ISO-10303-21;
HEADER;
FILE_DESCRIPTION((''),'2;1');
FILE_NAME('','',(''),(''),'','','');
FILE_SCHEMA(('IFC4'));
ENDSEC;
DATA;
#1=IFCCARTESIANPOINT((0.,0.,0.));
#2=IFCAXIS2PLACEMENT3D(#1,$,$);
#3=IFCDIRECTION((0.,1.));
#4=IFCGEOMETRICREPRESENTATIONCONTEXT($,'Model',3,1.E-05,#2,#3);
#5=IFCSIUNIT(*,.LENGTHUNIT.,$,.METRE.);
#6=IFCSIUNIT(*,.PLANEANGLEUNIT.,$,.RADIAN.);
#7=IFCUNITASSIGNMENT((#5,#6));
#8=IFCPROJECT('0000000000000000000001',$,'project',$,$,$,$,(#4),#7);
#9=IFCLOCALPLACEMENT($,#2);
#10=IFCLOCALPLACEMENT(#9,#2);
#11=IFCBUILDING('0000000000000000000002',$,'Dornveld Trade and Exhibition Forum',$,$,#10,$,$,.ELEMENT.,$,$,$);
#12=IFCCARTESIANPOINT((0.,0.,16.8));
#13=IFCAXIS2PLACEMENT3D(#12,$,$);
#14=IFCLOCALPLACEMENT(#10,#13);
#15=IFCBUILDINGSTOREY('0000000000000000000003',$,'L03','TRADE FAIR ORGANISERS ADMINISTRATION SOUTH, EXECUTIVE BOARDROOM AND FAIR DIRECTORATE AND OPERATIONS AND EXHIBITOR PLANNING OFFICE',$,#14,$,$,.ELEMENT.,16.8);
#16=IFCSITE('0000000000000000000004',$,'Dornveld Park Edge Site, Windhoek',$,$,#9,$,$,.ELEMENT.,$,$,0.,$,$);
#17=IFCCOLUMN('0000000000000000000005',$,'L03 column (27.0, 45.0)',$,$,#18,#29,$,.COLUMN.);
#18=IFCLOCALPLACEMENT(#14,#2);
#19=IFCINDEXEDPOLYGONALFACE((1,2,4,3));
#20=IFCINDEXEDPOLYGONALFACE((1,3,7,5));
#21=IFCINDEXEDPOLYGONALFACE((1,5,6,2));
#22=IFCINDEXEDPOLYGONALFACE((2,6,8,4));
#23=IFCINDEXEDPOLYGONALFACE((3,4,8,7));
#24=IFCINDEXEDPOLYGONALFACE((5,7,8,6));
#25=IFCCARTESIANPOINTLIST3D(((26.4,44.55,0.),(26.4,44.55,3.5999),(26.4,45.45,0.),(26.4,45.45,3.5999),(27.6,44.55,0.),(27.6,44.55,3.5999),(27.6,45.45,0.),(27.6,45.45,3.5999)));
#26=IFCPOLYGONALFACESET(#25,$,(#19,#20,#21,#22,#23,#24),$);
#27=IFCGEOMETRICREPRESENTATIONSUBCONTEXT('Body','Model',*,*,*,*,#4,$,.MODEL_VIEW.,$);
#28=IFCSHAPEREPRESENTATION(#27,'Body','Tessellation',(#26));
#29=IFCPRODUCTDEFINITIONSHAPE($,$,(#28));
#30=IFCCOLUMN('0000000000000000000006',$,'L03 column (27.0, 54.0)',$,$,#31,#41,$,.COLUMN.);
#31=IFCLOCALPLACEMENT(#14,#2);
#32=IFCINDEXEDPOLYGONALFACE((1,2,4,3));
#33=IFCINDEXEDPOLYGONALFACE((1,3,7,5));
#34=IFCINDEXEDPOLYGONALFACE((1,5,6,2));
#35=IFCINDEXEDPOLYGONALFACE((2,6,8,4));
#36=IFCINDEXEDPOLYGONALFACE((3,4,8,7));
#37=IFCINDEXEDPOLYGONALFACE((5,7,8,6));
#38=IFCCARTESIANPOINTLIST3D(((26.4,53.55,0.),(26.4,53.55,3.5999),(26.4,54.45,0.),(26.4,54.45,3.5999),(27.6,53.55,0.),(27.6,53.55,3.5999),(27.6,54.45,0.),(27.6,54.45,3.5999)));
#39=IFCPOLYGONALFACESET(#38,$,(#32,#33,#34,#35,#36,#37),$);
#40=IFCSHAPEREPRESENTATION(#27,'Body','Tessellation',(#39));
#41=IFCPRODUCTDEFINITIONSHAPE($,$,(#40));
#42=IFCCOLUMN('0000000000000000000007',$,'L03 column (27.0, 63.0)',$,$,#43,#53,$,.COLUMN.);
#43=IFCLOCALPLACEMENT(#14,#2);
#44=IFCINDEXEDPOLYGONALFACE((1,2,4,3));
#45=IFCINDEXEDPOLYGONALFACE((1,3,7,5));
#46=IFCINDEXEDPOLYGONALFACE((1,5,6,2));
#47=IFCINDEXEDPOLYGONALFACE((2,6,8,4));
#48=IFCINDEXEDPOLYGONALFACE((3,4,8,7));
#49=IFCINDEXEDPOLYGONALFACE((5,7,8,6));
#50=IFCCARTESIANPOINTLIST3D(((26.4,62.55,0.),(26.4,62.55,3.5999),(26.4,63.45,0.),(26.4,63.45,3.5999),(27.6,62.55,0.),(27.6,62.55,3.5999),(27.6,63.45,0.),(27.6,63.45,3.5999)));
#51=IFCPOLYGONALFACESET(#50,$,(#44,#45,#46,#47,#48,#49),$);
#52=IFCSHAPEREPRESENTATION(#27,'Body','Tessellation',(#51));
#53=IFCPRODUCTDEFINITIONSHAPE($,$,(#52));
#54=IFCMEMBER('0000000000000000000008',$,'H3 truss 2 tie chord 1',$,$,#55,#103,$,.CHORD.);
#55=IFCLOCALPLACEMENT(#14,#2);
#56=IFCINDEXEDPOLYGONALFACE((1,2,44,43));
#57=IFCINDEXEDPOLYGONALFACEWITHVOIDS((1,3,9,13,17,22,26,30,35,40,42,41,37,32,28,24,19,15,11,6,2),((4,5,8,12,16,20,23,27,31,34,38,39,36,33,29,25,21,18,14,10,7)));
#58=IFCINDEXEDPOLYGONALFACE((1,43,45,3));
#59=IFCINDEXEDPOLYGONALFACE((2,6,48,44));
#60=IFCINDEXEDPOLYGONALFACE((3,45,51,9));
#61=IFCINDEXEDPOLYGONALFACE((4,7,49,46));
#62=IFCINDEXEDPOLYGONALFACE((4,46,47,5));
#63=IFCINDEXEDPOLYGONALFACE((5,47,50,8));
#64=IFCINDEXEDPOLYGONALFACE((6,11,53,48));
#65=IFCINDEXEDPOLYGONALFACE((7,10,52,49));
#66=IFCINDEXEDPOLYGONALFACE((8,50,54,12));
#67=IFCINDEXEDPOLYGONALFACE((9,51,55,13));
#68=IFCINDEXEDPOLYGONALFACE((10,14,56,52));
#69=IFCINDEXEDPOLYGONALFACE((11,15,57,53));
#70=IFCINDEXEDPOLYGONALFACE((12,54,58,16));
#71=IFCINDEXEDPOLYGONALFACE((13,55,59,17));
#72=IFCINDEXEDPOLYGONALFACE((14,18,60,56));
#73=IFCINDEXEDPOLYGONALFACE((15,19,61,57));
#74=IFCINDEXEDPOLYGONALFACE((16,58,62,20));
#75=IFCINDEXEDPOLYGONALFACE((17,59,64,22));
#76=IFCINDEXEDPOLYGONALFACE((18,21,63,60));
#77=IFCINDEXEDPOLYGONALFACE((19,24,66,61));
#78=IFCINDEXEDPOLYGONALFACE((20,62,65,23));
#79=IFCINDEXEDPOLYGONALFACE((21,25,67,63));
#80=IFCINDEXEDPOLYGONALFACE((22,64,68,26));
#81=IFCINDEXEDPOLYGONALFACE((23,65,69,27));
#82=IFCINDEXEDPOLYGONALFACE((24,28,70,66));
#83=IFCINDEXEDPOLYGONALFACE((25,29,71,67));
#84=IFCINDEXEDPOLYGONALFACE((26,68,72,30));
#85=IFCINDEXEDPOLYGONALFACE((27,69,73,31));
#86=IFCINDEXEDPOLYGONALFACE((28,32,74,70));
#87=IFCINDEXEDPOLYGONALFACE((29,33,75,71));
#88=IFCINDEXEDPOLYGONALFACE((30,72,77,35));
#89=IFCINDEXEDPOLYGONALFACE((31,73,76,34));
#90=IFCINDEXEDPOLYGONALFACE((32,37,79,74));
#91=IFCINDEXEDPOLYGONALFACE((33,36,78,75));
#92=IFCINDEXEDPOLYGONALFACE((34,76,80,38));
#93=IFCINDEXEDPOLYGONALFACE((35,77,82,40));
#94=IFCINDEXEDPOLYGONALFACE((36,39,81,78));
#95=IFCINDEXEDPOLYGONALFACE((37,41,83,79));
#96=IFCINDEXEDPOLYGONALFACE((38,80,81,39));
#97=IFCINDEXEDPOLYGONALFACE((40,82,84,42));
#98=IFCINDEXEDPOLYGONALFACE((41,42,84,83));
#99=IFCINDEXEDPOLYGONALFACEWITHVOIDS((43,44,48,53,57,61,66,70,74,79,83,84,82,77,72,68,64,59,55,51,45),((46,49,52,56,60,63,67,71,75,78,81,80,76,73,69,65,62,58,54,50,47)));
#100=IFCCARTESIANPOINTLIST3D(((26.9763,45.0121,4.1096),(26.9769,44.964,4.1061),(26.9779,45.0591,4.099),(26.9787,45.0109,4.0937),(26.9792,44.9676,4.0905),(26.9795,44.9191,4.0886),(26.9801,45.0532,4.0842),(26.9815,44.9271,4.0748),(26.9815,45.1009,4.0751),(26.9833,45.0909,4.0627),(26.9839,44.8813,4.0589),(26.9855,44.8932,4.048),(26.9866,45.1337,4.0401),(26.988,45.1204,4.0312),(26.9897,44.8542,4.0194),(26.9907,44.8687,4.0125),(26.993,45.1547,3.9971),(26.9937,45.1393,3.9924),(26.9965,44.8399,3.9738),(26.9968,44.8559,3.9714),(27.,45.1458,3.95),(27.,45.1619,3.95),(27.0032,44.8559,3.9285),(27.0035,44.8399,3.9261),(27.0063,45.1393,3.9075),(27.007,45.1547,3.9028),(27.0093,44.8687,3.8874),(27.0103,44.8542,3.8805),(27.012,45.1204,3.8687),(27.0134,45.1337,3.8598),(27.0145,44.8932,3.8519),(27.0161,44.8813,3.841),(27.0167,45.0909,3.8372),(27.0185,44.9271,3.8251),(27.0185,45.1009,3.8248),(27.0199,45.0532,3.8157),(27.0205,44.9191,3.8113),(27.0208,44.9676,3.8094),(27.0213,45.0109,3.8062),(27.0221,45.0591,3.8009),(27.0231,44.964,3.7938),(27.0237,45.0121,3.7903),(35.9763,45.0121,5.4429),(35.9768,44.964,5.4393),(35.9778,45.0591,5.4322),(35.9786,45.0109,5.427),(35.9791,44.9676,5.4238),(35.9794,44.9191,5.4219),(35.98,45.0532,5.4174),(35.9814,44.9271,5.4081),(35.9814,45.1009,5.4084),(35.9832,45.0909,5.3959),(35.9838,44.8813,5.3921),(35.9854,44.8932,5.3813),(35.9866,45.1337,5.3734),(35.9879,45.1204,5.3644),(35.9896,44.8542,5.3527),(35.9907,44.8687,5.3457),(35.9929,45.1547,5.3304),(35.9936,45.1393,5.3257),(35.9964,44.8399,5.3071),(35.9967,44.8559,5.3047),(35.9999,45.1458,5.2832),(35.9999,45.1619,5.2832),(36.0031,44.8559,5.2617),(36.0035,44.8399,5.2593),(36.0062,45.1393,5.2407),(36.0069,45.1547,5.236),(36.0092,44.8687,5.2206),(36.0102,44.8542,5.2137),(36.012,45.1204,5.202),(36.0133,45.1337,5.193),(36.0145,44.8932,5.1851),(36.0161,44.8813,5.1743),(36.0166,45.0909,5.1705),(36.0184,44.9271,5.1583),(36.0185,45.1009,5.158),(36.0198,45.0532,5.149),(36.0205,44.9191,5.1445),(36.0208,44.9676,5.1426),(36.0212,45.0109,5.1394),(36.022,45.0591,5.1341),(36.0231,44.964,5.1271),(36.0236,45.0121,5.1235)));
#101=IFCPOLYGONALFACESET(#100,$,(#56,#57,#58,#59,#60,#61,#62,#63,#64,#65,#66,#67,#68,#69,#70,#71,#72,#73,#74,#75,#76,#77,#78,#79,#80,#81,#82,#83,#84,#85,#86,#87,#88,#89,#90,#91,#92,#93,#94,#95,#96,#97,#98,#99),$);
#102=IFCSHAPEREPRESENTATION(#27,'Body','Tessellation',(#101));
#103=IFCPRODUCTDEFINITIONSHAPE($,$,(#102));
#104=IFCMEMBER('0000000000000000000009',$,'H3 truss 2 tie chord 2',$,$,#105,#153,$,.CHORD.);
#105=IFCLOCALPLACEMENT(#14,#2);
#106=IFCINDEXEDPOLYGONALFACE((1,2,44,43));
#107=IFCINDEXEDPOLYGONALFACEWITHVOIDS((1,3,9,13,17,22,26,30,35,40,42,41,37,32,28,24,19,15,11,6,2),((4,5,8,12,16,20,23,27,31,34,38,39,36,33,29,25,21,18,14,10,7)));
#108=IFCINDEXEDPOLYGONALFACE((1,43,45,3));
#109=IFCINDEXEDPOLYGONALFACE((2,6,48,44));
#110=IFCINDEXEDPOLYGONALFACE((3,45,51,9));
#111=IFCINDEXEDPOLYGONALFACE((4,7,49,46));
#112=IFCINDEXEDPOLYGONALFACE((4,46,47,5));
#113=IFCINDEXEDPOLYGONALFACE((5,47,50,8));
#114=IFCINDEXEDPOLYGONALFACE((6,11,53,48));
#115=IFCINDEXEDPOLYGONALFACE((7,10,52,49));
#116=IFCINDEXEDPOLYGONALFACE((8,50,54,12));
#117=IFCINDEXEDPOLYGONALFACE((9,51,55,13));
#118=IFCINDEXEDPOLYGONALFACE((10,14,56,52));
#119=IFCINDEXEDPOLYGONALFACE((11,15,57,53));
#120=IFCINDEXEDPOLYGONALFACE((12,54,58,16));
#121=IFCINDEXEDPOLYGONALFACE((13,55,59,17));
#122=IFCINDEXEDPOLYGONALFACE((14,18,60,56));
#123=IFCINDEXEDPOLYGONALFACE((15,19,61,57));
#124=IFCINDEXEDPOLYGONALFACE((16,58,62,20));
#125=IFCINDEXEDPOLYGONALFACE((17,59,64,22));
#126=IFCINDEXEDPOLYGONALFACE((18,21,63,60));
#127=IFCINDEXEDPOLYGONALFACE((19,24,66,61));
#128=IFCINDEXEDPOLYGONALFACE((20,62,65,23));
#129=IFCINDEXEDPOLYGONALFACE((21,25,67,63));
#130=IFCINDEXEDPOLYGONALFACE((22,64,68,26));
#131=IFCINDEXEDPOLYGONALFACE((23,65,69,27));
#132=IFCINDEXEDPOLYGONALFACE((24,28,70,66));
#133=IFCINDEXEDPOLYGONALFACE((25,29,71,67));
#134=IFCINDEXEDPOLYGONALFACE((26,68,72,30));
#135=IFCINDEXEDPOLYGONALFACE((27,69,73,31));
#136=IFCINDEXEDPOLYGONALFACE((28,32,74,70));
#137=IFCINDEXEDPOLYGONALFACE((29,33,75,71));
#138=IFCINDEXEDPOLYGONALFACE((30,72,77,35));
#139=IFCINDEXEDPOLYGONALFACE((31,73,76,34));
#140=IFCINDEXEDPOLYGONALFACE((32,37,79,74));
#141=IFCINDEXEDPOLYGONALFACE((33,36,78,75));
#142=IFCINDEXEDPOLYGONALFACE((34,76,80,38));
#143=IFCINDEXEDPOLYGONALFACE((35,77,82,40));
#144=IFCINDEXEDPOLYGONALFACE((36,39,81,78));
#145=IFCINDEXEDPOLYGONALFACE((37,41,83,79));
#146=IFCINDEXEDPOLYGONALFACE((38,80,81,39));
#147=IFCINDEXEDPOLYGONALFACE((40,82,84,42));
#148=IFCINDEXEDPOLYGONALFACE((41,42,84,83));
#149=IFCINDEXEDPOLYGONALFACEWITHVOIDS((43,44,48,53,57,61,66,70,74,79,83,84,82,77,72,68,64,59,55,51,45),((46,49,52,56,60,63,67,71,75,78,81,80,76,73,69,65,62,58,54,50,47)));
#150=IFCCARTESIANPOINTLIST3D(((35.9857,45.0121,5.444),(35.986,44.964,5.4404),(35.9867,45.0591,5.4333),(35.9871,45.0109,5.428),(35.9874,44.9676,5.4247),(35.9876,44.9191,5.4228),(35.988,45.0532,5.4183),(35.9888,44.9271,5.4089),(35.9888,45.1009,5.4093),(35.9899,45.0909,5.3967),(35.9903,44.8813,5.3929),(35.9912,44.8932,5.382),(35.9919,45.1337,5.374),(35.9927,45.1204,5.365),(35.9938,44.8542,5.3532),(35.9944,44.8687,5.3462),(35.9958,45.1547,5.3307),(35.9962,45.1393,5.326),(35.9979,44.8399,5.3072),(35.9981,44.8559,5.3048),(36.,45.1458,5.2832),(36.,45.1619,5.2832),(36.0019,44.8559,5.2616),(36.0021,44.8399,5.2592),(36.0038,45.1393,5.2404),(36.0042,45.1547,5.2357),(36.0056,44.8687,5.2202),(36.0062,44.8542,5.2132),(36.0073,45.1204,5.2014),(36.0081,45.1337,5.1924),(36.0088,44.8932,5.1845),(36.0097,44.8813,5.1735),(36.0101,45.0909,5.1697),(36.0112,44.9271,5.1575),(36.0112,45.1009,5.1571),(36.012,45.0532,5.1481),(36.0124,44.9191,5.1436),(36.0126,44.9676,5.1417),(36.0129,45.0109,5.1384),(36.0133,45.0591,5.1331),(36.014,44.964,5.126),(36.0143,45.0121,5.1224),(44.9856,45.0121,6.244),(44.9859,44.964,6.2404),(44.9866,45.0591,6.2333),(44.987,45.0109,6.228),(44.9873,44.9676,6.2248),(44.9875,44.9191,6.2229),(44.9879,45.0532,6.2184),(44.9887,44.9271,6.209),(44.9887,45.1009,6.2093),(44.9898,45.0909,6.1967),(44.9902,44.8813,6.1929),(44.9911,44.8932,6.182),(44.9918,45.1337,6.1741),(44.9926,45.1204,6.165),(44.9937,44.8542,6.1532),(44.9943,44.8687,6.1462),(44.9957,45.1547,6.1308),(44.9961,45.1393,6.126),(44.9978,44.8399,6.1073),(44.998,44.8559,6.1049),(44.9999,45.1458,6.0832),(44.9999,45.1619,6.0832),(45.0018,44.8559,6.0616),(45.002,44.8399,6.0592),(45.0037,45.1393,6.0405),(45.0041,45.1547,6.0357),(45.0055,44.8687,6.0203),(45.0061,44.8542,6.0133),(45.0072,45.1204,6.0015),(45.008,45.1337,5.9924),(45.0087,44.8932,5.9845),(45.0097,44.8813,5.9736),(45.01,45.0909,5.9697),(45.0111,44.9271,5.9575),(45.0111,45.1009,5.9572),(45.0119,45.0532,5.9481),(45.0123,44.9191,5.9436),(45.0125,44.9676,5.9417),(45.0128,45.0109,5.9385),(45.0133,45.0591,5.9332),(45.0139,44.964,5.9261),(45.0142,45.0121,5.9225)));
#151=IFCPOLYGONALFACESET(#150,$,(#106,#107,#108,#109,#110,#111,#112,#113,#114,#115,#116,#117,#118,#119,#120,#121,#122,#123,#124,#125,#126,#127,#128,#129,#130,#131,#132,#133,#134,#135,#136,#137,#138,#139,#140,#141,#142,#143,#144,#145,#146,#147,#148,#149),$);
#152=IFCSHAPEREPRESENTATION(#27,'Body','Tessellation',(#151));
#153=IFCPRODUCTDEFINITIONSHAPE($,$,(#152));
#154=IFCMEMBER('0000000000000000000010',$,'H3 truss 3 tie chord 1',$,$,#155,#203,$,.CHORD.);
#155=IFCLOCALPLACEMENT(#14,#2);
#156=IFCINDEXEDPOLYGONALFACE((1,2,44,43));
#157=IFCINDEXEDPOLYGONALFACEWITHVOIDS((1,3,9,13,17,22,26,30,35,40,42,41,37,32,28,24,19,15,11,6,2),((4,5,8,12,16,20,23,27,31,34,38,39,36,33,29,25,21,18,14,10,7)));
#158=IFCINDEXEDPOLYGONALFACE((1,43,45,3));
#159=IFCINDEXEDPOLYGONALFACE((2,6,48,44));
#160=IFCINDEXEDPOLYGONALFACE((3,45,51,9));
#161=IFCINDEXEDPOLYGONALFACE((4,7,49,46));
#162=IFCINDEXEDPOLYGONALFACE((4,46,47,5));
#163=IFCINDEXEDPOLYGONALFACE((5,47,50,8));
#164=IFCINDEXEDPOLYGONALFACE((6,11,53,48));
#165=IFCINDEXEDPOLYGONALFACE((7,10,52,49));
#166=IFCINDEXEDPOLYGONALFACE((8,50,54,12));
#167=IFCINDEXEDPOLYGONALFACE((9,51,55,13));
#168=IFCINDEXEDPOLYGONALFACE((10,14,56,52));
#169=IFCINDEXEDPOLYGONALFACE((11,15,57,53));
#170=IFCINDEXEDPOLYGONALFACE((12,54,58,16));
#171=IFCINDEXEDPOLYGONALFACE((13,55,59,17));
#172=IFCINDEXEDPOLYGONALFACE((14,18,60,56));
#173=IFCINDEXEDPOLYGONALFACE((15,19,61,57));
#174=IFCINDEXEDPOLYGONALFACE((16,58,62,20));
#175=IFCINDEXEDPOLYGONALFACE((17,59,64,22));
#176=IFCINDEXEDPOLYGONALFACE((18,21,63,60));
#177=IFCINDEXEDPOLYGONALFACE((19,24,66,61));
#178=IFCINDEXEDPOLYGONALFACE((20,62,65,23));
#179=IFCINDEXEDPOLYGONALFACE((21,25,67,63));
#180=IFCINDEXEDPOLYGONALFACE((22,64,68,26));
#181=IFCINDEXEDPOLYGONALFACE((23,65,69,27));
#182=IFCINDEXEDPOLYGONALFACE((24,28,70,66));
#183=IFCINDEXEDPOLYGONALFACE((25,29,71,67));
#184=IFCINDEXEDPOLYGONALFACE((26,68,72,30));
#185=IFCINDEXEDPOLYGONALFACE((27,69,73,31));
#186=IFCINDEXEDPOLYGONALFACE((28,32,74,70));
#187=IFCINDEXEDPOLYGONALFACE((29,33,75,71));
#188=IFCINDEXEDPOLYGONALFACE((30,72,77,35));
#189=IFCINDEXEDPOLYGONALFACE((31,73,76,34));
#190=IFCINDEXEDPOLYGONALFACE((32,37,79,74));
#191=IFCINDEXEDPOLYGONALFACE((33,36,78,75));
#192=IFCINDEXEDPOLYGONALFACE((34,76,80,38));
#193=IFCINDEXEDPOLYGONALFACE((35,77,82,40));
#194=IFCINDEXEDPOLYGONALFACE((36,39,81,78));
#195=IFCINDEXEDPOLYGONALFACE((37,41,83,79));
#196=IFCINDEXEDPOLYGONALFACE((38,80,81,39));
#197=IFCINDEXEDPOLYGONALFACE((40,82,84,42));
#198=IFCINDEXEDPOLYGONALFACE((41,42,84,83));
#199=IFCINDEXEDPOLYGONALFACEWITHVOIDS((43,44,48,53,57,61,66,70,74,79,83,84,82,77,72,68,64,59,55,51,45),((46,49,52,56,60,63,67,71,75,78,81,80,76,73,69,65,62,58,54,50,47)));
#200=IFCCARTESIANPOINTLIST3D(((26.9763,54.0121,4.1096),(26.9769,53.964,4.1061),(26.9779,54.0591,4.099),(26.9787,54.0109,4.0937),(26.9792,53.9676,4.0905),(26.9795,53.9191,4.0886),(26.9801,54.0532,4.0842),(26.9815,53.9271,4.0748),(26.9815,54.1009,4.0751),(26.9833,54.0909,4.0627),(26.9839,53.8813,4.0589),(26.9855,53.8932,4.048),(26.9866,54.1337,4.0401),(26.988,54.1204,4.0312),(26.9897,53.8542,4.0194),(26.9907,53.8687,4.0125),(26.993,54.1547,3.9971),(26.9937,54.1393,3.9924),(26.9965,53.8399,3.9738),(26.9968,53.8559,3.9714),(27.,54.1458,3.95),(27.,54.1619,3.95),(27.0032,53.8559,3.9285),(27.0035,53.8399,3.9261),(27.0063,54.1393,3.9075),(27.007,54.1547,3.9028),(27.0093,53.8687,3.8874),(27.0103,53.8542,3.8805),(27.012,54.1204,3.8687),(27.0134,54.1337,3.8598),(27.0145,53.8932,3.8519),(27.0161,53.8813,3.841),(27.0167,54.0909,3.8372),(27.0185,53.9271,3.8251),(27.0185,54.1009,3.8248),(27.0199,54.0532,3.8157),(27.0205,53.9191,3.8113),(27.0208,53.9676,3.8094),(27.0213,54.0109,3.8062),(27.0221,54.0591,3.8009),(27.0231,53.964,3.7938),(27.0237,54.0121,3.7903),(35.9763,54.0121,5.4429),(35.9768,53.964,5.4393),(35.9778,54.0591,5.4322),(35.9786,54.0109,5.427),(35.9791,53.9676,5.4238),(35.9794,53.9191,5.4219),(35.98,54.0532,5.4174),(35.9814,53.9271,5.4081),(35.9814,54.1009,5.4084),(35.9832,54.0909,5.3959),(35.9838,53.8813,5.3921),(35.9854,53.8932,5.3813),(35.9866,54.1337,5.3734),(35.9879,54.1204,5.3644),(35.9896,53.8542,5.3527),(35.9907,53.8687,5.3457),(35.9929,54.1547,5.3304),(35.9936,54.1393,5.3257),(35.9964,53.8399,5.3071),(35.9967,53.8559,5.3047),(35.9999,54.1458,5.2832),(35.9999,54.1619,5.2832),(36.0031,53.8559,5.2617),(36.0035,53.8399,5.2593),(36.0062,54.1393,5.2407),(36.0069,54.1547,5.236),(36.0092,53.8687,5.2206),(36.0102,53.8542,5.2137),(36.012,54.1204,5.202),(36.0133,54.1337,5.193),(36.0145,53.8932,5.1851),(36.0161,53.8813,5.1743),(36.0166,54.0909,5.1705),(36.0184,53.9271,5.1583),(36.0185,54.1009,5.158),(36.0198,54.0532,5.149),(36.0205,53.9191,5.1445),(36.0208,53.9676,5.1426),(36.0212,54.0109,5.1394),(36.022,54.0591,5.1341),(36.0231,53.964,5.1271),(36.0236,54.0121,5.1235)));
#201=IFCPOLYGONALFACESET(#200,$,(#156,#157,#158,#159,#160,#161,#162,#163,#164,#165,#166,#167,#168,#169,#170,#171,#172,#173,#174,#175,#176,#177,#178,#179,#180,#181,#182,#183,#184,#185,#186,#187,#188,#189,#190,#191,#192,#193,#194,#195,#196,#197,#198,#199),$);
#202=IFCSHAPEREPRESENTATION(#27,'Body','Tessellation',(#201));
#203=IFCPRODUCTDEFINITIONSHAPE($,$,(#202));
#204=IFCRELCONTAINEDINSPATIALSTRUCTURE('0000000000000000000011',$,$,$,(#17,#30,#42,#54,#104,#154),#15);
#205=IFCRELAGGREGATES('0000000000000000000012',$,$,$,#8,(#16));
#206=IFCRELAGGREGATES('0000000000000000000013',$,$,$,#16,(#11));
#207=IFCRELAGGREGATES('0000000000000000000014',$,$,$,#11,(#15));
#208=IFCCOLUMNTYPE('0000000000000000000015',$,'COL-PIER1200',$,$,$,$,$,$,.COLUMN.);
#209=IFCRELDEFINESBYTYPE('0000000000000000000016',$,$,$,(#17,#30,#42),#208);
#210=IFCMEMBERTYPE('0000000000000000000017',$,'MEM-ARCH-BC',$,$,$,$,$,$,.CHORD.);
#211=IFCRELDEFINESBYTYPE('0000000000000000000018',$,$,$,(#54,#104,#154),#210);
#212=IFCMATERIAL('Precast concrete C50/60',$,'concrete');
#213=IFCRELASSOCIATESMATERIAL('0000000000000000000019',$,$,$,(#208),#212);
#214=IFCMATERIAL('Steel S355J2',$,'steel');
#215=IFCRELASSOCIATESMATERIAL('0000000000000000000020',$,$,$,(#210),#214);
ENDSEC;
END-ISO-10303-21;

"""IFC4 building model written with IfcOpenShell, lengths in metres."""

from ifc_helpers import new_model, si_unit, direction, frame, origin, origin_2d, place, context, subcontext, project, spatial, rectangle, hollow_circle, extrude, material, material_profile, profile_set, type_object, element, save


model = new_model("IFC4")

# Units and contexts
model_context = context("Model", 3, precision=1e-05, world=origin(), true_north=direction((0.0, 1.0)))
body_context = subcontext(model_context, "Body", "Model", "MODEL_VIEW")
ifc_project = project(units=[si_unit("LENGTHUNIT", "METRE"), si_unit("PLANEANGLEUNIT", "RADIAN")], contexts=[model_context])

# Site, building, storey
site_placement = place(None, origin())
site = spatial("IfcSite", under=ifc_project, at=site_placement, Name="Dornveld Park Edge Site, Windhoek", CompositionType="ELEMENT", RefElevation=0.0)
building_placement = place(site_placement, origin())
building = spatial("IfcBuilding", under=site, at=building_placement, Name="Dornveld Trade and Exhibition Forum", CompositionType="ELEMENT")
storey_placement = place(building_placement, frame((0.0, 0.0, 16.8)))
storey = spatial("IfcBuildingStorey", under=building, at=storey_placement, Name="L03", Description="TRADE FAIR ORGANISERS ADMINISTRATION SOUTH, EXECUTIVE BOARDROOM AND FAIR DIRECTORATE AND OPERATIONS AND EXHIBITOR PLANNING OFFICE", CompositionType="ELEMENT", Elevation=16.8)

# Columns
ifc_material_1 = material(Name="Precast concrete C50/60", Category="concrete")
ifc_material_profile_1 = material_profile(ifc_material_1, rectangle(XDim=1.2, YDim=0.8999, at=origin_2d()), Name="PC-PIER 1200x900")
ifc_profile_set_1 = profile_set([ifc_material_profile_1], Name="Precast concrete C50/60")
column_type = type_object("IfcColumnType", Name="COL-PIER1200", PredefinedType="COLUMN", material=ifc_profile_set_1)
for number, where, z_axis, x_axis, name in (
    (1, (27.0, 45.0, 0.0), (0.0, 0.0, 1.0), (1.0, 0.0, 0.0), "L03 column (27.0, 45.0)"),
    (2, (27.0, 54.0, 0.0), (0.0, 0.0, 1.0), (1.0, 0.0, 0.0), "L03 column (27.0, 54.0)"),
    (3, (27.0, 63.0, 0.0), (0.0, 0.0, 1.0), (1.0, 0.0, 0.0), "L03 column (27.0, 63.0)"),
):
    element("IfcColumn", number, at=place(storey_placement, frame(where, z_axis=z_axis, x_axis=x_axis)), inside=storey, type_object=column_type, Name=name, PredefinedType="COLUMN", context=body_context, shape_type="SweptSolid", body=[
        extrude(rectangle(XDim=1.2, YDim=0.8999, at=origin_2d()), origin(), (0.0, 0.0, 1.0), 3.5999),
    ])

# Members
ifc_material_2 = material(Name="Steel S355J2", Category="steel")
ifc_material_profile_2 = material_profile(ifc_material_2, hollow_circle(Radius=0.1619, WallThickness=0.0161, at=origin_2d()), Name="CHS 323.9x16")
ifc_profile_set_2 = profile_set([ifc_material_profile_2], Name="Steel S355J2")
member_type_1 = type_object("IfcMemberType", Name="MEM-ARCH-BC", PredefinedType="CHORD", material=ifc_profile_set_2)
member_1_placement = place(storey_placement, frame((27.0, 45.0, 3.95), z_axis=(0.989205, 0.0, 0.14654), x_axis=(0.0, 1.0, 0.0)))
element("IfcMember", 4, at=member_1_placement, inside=storey, type_object=member_type_1, Name="H3 truss 2 tie chord 1", PredefinedType="CHORD", context=body_context, shape_type="SweptSolid", body=[
    extrude(hollow_circle(Radius=0.1619, WallThickness=0.0161, at=origin_2d()), origin(), (0.0, 0.0, 1.0), 9.0981),
])
member_2_placement = place(storey_placement, frame((36.0, 45.0, 5.2832), z_axis=(0.996072, 0.0, 0.088545), x_axis=(0.0, 1.0, 0.0)))
element("IfcMember", 5, at=member_2_placement, inside=storey, type_object=member_type_1, Name="H3 truss 2 tie chord 2", PredefinedType="CHORD", context=body_context, shape_type="SweptSolid", body=[
    extrude(hollow_circle(Radius=0.1619, WallThickness=0.0161, at=origin_2d()), origin(), (0.0, 0.0, 1.0), 9.0354),
])
for number, where, z_axis, x_axis, name in (
    (6, (27.0, 54.0, 3.95), (0.989205, 0.0, 0.14654), (0.0, 1.0, 0.0), "H3 truss 3 tie chord 1"),
):
    element("IfcMember", number, at=place(storey_placement, frame(where, z_axis=z_axis, x_axis=x_axis)), inside=storey, type_object=member_type_1, Name=name, PredefinedType="CHORD", context=body_context, shape_type="SweptSolid", body=[
        extrude(hollow_circle(Radius=0.1619, WallThickness=0.0161, at=origin_2d()), origin(), (0.0, 0.0, 1.0), 9.0981),
    ])

save(model, "model.ifc")
